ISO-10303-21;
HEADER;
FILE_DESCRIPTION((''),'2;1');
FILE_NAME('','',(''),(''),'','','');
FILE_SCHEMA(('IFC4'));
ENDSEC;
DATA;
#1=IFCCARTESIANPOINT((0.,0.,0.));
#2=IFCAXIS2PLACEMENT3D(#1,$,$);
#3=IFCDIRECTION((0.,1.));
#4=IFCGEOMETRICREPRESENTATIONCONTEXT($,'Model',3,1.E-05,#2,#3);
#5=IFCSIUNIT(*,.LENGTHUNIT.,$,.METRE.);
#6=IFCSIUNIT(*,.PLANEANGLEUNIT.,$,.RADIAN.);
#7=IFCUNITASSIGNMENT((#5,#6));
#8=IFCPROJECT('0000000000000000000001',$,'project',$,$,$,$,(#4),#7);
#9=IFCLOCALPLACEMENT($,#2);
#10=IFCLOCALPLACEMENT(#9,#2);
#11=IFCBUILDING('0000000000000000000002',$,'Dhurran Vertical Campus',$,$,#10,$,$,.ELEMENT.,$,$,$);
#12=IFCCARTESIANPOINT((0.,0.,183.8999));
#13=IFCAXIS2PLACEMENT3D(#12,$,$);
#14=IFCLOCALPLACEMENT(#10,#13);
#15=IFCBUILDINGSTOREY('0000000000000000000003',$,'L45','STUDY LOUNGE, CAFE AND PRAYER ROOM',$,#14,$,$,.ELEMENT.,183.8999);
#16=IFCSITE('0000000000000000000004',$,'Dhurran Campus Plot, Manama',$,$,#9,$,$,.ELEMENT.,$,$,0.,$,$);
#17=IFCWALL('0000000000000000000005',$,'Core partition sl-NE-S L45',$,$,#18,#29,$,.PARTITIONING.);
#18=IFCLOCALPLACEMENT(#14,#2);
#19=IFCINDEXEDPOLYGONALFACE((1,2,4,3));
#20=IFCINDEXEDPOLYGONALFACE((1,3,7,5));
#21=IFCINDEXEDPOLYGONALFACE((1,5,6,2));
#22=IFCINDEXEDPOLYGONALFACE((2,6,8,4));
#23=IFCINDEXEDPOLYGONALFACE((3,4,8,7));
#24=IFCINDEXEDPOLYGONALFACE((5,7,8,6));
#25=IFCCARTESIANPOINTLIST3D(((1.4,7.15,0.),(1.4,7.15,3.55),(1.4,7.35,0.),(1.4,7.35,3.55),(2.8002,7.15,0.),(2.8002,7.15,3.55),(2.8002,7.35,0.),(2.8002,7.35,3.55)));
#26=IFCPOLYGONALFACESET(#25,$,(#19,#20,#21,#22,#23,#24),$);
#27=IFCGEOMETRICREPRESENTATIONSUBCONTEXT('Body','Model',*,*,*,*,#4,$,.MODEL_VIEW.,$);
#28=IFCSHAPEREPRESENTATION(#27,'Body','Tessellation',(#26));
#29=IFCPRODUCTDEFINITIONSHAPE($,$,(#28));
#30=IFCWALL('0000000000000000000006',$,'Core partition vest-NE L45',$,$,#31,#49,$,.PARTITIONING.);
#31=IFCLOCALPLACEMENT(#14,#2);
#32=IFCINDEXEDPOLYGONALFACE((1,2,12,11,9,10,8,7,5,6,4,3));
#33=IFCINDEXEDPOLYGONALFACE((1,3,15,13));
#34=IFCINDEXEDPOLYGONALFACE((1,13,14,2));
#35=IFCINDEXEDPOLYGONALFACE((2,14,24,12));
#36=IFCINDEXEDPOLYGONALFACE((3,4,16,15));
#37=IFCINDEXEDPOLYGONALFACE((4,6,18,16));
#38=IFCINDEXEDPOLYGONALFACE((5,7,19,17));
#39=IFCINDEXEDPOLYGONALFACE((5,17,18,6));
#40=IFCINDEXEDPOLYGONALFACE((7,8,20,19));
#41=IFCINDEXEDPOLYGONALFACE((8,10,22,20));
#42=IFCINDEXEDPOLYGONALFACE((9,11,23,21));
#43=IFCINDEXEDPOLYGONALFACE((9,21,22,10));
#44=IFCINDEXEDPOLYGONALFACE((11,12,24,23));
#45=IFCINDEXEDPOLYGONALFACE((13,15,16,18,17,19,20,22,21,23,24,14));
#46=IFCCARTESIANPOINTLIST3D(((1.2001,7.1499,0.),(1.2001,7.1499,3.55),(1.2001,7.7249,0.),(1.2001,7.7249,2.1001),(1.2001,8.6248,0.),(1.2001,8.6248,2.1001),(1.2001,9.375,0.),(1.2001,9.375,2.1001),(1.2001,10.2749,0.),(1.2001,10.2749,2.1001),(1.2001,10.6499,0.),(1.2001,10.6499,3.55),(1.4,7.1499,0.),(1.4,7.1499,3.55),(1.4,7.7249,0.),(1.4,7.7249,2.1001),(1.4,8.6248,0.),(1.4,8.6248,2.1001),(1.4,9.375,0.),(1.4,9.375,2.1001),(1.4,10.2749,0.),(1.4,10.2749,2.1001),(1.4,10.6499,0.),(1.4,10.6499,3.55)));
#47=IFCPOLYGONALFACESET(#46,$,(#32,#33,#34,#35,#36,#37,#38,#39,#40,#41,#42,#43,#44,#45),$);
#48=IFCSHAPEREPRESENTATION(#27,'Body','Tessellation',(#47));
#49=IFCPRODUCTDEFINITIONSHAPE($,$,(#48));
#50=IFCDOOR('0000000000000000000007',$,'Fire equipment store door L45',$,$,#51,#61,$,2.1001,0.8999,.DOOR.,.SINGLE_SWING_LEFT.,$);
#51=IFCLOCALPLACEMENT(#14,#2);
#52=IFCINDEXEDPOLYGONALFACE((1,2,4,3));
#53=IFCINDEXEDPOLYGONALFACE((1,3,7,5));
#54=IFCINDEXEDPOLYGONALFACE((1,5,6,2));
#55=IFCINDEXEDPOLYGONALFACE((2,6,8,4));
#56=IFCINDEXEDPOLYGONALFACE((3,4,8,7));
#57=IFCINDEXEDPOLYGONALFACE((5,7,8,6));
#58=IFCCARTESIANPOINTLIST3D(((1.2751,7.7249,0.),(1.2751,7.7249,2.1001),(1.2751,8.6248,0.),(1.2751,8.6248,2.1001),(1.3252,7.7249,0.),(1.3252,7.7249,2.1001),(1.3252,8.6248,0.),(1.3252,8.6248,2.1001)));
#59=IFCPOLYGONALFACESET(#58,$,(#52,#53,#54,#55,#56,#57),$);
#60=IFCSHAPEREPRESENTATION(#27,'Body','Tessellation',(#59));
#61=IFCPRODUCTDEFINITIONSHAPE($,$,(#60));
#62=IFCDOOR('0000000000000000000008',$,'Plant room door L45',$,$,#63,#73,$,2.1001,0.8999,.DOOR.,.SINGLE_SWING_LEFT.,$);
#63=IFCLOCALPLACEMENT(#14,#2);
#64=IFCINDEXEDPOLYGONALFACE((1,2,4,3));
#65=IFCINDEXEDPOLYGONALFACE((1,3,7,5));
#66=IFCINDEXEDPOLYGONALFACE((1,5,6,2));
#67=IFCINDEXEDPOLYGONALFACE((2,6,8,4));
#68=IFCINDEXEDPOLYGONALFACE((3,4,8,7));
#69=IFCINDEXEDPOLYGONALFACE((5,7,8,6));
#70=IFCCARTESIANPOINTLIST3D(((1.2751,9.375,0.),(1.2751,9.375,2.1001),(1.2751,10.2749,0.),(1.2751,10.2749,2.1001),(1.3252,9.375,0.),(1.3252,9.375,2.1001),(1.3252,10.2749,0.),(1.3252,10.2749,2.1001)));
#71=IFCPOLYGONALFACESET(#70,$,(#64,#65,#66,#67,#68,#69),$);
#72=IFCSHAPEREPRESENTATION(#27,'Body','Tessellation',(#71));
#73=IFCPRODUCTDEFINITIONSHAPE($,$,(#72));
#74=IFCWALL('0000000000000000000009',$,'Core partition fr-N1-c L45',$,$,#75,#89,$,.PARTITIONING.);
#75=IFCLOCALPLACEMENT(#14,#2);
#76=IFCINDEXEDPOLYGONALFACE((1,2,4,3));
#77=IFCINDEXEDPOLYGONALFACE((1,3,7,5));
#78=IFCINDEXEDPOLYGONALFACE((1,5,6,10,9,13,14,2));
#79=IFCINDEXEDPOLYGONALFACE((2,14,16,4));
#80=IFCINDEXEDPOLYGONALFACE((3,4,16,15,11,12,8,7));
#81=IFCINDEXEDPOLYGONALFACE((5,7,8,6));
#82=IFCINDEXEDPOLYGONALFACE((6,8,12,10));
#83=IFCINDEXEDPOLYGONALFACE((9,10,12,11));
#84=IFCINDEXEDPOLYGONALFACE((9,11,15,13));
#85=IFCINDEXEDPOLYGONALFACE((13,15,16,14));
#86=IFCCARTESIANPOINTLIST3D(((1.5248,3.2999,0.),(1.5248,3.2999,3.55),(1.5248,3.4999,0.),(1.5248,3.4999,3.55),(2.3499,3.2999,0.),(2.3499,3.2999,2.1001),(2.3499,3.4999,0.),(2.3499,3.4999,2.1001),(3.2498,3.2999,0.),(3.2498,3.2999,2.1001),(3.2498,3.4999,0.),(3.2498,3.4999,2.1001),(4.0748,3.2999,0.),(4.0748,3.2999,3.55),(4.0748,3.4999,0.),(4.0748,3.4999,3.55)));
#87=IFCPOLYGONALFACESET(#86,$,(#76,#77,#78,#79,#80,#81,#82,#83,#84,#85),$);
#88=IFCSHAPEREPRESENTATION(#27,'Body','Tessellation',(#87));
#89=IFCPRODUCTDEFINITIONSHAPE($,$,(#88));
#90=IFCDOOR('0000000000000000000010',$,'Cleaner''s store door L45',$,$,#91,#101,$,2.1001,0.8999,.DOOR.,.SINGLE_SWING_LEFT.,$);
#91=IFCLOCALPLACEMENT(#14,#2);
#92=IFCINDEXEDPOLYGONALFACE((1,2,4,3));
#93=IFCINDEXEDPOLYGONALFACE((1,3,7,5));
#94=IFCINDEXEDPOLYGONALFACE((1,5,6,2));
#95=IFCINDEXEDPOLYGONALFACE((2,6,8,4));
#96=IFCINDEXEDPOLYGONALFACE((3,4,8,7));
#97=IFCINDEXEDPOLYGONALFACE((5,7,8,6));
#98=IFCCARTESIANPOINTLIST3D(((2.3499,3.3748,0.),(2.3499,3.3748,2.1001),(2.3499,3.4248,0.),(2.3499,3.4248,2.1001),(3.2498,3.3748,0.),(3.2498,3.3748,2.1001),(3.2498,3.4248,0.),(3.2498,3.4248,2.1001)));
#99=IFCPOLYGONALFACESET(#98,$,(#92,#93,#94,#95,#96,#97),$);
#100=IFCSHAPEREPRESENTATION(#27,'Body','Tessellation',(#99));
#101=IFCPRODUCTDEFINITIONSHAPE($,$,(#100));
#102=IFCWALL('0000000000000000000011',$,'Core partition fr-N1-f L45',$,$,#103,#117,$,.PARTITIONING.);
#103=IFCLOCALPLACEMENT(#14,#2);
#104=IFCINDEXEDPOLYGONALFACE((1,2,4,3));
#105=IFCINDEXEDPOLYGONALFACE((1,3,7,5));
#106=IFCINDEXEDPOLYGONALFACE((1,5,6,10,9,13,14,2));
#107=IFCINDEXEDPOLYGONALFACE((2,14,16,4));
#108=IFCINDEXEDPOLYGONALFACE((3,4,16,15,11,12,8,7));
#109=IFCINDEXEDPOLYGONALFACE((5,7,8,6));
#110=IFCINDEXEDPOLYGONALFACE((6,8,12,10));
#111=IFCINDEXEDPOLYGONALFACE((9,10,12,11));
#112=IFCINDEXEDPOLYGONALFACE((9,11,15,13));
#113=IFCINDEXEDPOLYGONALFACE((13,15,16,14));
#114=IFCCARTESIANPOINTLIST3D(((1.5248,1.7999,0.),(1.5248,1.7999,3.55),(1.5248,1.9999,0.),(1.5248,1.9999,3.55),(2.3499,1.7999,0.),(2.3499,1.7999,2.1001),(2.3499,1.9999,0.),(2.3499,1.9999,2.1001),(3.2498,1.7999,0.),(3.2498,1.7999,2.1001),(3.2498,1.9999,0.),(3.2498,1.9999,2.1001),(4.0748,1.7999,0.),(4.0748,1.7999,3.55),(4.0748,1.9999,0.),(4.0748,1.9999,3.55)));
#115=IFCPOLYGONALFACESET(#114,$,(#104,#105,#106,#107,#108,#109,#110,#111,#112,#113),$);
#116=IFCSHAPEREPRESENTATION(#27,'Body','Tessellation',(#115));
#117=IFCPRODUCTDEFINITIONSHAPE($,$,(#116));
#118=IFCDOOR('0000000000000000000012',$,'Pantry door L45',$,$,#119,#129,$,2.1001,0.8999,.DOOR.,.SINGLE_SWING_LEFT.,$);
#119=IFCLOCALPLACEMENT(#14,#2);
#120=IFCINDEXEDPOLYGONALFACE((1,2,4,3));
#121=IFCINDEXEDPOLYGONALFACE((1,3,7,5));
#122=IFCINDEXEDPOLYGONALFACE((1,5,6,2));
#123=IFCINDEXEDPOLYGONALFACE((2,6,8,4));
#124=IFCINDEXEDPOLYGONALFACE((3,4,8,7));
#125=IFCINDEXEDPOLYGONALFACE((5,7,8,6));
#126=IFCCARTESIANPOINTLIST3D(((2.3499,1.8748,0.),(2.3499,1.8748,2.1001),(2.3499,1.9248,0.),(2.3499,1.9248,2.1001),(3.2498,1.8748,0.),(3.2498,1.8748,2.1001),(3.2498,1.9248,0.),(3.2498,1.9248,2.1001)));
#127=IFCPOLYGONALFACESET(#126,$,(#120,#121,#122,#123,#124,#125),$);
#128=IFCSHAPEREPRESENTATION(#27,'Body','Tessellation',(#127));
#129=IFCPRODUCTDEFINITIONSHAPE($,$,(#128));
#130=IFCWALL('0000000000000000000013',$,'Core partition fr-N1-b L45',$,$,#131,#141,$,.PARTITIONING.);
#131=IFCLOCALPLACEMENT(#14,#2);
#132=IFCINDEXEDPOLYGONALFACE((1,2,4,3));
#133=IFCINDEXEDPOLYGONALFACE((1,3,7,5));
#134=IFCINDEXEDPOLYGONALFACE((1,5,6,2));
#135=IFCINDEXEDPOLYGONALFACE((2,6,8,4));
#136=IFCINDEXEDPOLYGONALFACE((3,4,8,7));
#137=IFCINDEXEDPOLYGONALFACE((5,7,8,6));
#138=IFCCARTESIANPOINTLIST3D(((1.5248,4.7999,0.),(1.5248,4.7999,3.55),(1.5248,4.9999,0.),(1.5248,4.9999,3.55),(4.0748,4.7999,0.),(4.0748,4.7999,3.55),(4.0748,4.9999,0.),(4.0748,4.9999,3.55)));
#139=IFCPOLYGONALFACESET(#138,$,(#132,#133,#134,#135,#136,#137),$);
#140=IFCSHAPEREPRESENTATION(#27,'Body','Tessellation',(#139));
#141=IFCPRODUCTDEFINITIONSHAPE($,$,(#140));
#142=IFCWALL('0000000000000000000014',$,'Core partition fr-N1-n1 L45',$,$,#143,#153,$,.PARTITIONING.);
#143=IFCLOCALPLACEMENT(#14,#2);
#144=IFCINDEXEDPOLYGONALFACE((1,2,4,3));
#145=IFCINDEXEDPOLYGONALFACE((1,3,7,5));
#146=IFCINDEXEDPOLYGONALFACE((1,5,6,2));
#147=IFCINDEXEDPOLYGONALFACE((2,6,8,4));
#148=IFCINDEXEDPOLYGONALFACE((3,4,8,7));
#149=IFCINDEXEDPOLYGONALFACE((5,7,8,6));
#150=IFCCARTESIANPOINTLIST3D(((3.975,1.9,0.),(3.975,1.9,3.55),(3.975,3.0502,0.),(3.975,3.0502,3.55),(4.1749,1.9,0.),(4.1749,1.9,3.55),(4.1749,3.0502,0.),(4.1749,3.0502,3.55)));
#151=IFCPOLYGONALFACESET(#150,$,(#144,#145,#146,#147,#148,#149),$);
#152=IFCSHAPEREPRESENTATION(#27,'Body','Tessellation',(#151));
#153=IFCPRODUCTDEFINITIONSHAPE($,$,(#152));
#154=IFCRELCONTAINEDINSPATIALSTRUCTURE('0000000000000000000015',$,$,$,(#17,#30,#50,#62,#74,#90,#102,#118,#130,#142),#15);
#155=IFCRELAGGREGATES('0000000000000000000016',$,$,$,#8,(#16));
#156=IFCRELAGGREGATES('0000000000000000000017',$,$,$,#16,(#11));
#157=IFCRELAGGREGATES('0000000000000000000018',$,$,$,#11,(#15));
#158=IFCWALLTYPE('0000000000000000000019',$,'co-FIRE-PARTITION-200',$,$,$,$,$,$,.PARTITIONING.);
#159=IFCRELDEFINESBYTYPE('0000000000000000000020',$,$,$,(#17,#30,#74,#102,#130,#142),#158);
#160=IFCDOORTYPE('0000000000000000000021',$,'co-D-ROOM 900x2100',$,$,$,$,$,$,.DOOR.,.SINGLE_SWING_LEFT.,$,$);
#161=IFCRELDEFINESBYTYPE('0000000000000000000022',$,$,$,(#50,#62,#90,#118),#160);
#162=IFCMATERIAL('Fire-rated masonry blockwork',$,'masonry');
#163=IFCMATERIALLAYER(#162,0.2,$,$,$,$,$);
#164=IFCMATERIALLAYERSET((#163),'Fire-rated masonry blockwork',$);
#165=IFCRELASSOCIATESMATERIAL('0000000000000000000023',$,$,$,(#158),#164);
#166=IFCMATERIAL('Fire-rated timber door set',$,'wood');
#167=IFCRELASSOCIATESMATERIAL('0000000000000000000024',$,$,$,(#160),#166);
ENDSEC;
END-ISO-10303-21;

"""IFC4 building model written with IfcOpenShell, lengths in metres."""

from ifc_helpers import new_model, si_unit, direction, frame, frame_2d, origin, place, context, subcontext, project, spatial, rectangle, extrude, material, layer, layer_set, type_object, element, fill, save


model = new_model("IFC4")

# Units and contexts
model_context = context("Model", 3, precision=1e-05, world=origin(), true_north=direction((0.0, 1.0)))
body_context = subcontext(model_context, "Body", "Model", "MODEL_VIEW")
ifc_project = project(units=[si_unit("LENGTHUNIT", "METRE"), si_unit("PLANEANGLEUNIT", "RADIAN")], contexts=[model_context])

# Site, building, storey
site_placement = place(None, origin())
site = spatial("IfcSite", under=ifc_project, at=site_placement, Name="Dhurran Campus Plot, Manama", CompositionType="ELEMENT", RefElevation=0.0)
building_placement = place(site_placement, origin())
building = spatial("IfcBuilding", under=site, at=building_placement, Name="Dhurran Vertical Campus", CompositionType="ELEMENT")
storey_placement = place(building_placement, frame((0.0, 0.0, 183.8999)))
storey = spatial("IfcBuildingStorey", under=building, at=storey_placement, Name="L45", Description="STUDY LOUNGE, CAFE AND PRAYER ROOM", CompositionType="ELEMENT", Elevation=183.8999)

# Wall
ifc_material_1 = material(Name="Fire-rated masonry blockwork", Category="masonry")
ifc_layer_1 = layer(ifc_material_1, 0.2)
ifc_layer_set_1 = layer_set([ifc_layer_1], Name="Fire-rated masonry blockwork")
wall_type_1 = type_object("IfcWallType", Name="co-FIRE-PARTITION-200", PredefinedType="PARTITIONING", material=ifc_layer_set_1)
wall_1_placement = place(storey_placement, frame((1.3999, 7.25, 0.0), z_axis=(0.0, 0.0, 1.0), x_axis=(1.0, 0.0, 0.0)))
element("IfcWall", 1, at=wall_1_placement, inside=storey, type_object=wall_type_1, Name="Core partition sl-NE-S L45", PredefinedType="PARTITIONING", context=body_context, shape_type="SweptSolid", body=[
    extrude(rectangle(XDim=1.4001, YDim=0.2, at=frame_2d((0.7002, 0.0))), origin(), (0.0, 0.0, 1.0), 3.55),
])

# Wall, openings, doors
wall_2_placement = place(storey_placement, frame((1.3, 7.1499, 0.0), z_axis=(0.0, 0.0, 1.0), x_axis=(0.0, 1.0, 0.0)))
wall_2 = element("IfcWall", 2, at=wall_2_placement, inside=storey, type_object=wall_type_1, Name="Core partition vest-NE L45", PredefinedType="PARTITIONING", context=body_context, shape_type="SweptSolid", body=[
    extrude(rectangle(XDim=3.5, YDim=0.2, at=frame_2d((1.75, 0.0))), origin(), (0.0, 0.0, 1.0), 3.55),
])
opening_1_placement = place(wall_2_placement, frame((0.575, 0.0, 0.0)))
opening_1 = element("IfcOpeningElement", 3, at=opening_1_placement, cuts=wall_2, PredefinedType="OPENING", context=body_context, shape_type="SweptSolid", body=[
    extrude(rectangle(XDim=0.8999, YDim=2.1001, at=frame_2d((0.45, 1.05))), frame((0.0, 0.1099, 0.0), z_axis=(0.0, -1.0, 0.0), x_axis=(1.0, 0.0, 0.0)), (0.0, 0.0, 1.0), 0.22),
])
opening_2_placement = place(wall_2_placement, frame((2.2251, 0.0, 0.0)))
opening_2 = element("IfcOpeningElement", 4, at=opening_2_placement, cuts=wall_2, PredefinedType="OPENING", context=body_context, shape_type="SweptSolid", body=[
    extrude(rectangle(XDim=0.8999, YDim=2.1001, at=frame_2d((0.45, 1.05))), frame((0.0, 0.1099, 0.0), z_axis=(0.0, -1.0, 0.0), x_axis=(1.0, 0.0, 0.0)), (0.0, 0.0, 1.0), 0.22),
])
ifc_material_2 = material(Name="Fire-rated timber door set", Category="wood")
door_type_1 = type_object("IfcDoorType", Name="co-D-ROOM 900x2100", OperationType="SINGLE_SWING_LEFT", PredefinedType="DOOR", material=ifc_material_2)
door_1_placement = place(opening_1_placement, origin())
door_1 = element("IfcDoor", 5, at=door_1_placement, inside=storey, type_object=door_type_1, Name="Fire equipment store door L45", OperationType="SINGLE_SWING_LEFT", OverallHeight=2.1001, OverallWidth=0.8999, PredefinedType="DOOR", context=body_context, shape_type="SweptSolid", body=[
    extrude(rectangle(XDim=0.8999, YDim=2.1001, at=frame_2d((0.45, 1.05))), frame((0.0, 0.0249, 0.0), z_axis=(0.0, -1.0, 0.0), x_axis=(1.0, 0.0, 0.0)), (0.0, 0.0, 1.0), 0.05),
])
fill(opening_1, door_1)
door_2_placement = place(opening_2_placement, origin())
door_2 = element("IfcDoor", 6, at=door_2_placement, inside=storey, type_object=door_type_1, Name="Plant room door L45", OperationType="SINGLE_SWING_LEFT", OverallHeight=2.1001, OverallWidth=0.8999, PredefinedType="DOOR", context=body_context, shape_type="SweptSolid", body=[
    extrude(rectangle(XDim=0.8999, YDim=2.1001, at=frame_2d((0.45, 1.05))), frame((0.0, 0.0249, 0.0), z_axis=(0.0, -1.0, 0.0), x_axis=(1.0, 0.0, 0.0)), (0.0, 0.0, 1.0), 0.05),
])
fill(opening_2, door_2)

# Walls, openings, doors
wall_3_placement = place(storey_placement, frame((1.5249, 3.3999, 0.0), z_axis=(0.0, 0.0, 1.0), x_axis=(1.0, 0.0, 0.0)))
wall_3 = element("IfcWall", 7, at=wall_3_placement, inside=storey, type_object=wall_type_1, Name="Core partition fr-N1-c L45", PredefinedType="PARTITIONING", context=body_context, shape_type="SweptSolid", body=[
    extrude(rectangle(XDim=2.55, YDim=0.2, at=frame_2d((1.2749, 0.0))), origin(), (0.0, 0.0, 1.0), 3.55),
])
opening_3_placement = place(wall_3_placement, frame((0.825, 0.0, 0.0)))
opening_3 = element("IfcOpeningElement", 8, at=opening_3_placement, cuts=wall_3, PredefinedType="OPENING", context=body_context, shape_type="SweptSolid", body=[
    extrude(rectangle(XDim=0.8999, YDim=2.1001, at=frame_2d((0.45, 1.05))), frame((0.0, 0.1099, 0.0), z_axis=(0.0, -1.0, 0.0), x_axis=(1.0, 0.0, 0.0)), (0.0, 0.0, 1.0), 0.22),
])
door_3_placement = place(opening_3_placement, origin())
door_3 = element("IfcDoor", 9, at=door_3_placement, inside=storey, type_object=door_type_1, Name="Cleaner's store door L45", OperationType="SINGLE_SWING_LEFT", OverallHeight=2.1001, OverallWidth=0.8999, PredefinedType="DOOR", context=body_context, shape_type="SweptSolid", body=[
    extrude(rectangle(XDim=0.8999, YDim=2.1001, at=frame_2d((0.45, 1.05))), frame((0.0, 0.0249, 0.0), z_axis=(0.0, -1.0, 0.0), x_axis=(1.0, 0.0, 0.0)), (0.0, 0.0, 1.0), 0.05),
])
fill(opening_3, door_3)
wall_4_placement = place(storey_placement, frame((1.5249, 1.8999, 0.0), z_axis=(0.0, 0.0, 1.0), x_axis=(1.0, 0.0, 0.0)))
wall_4 = element("IfcWall", 10, at=wall_4_placement, inside=storey, type_object=wall_type_1, Name="Core partition fr-N1-f L45", PredefinedType="PARTITIONING", context=body_context, shape_type="SweptSolid", body=[
    extrude(rectangle(XDim=2.55, YDim=0.2, at=frame_2d((1.2749, 0.0))), origin(), (0.0, 0.0, 1.0), 3.55),
])
opening_4_placement = place(wall_4_placement, frame((0.825, 0.0, 0.0)))
opening_4 = element("IfcOpeningElement", 11, at=opening_4_placement, cuts=wall_4, PredefinedType="OPENING", context=body_context, shape_type="SweptSolid", body=[
    extrude(rectangle(XDim=0.8999, YDim=2.1001, at=frame_2d((0.45, 1.05))), frame((0.0, 0.1099, 0.0), z_axis=(0.0, -1.0, 0.0), x_axis=(1.0, 0.0, 0.0)), (0.0, 0.0, 1.0), 0.22),
])
door_4_placement = place(opening_4_placement, origin())
door_4 = element("IfcDoor", 12, at=door_4_placement, inside=storey, type_object=door_type_1, Name="Pantry door L45", OperationType="SINGLE_SWING_LEFT", OverallHeight=2.1001, OverallWidth=0.8999, PredefinedType="DOOR", context=body_context, shape_type="SweptSolid", body=[
    extrude(rectangle(XDim=0.8999, YDim=2.1001, at=frame_2d((0.45, 1.05))), frame((0.0, 0.0249, 0.0), z_axis=(0.0, -1.0, 0.0), x_axis=(1.0, 0.0, 0.0)), (0.0, 0.0, 1.0), 0.05),
])
fill(opening_4, door_4)

# Walls
wall_5_placement = place(storey_placement, frame((1.5249, 4.8999, 0.0), z_axis=(0.0, 0.0, 1.0), x_axis=(1.0, 0.0, 0.0)))
element("IfcWall", 13, at=wall_5_placement, inside=storey, type_object=wall_type_1, Name="Core partition fr-N1-b L45", PredefinedType="PARTITIONING", context=body_context, shape_type="SweptSolid", body=[
    extrude(rectangle(XDim=2.55, YDim=0.2, at=frame_2d((1.2749, 0.0))), origin(), (0.0, 0.0, 1.0), 3.55),
])
wall_6_placement = place(storey_placement, frame((4.075, 1.8999, 0.0), z_axis=(0.0, 0.0, 1.0), x_axis=(0.0, 1.0, 0.0)))
element("IfcWall", 14, at=wall_6_placement, inside=storey, type_object=wall_type_1, Name="Core partition fr-N1-n1 L45", PredefinedType="PARTITIONING", context=body_context, shape_type="SweptSolid", body=[
    extrude(rectangle(XDim=1.1501, YDim=0.2, at=frame_2d((0.5752, 0.0))), origin(), (0.0, 0.0, 1.0), 3.55),
])

save(model, "model.ifc")
